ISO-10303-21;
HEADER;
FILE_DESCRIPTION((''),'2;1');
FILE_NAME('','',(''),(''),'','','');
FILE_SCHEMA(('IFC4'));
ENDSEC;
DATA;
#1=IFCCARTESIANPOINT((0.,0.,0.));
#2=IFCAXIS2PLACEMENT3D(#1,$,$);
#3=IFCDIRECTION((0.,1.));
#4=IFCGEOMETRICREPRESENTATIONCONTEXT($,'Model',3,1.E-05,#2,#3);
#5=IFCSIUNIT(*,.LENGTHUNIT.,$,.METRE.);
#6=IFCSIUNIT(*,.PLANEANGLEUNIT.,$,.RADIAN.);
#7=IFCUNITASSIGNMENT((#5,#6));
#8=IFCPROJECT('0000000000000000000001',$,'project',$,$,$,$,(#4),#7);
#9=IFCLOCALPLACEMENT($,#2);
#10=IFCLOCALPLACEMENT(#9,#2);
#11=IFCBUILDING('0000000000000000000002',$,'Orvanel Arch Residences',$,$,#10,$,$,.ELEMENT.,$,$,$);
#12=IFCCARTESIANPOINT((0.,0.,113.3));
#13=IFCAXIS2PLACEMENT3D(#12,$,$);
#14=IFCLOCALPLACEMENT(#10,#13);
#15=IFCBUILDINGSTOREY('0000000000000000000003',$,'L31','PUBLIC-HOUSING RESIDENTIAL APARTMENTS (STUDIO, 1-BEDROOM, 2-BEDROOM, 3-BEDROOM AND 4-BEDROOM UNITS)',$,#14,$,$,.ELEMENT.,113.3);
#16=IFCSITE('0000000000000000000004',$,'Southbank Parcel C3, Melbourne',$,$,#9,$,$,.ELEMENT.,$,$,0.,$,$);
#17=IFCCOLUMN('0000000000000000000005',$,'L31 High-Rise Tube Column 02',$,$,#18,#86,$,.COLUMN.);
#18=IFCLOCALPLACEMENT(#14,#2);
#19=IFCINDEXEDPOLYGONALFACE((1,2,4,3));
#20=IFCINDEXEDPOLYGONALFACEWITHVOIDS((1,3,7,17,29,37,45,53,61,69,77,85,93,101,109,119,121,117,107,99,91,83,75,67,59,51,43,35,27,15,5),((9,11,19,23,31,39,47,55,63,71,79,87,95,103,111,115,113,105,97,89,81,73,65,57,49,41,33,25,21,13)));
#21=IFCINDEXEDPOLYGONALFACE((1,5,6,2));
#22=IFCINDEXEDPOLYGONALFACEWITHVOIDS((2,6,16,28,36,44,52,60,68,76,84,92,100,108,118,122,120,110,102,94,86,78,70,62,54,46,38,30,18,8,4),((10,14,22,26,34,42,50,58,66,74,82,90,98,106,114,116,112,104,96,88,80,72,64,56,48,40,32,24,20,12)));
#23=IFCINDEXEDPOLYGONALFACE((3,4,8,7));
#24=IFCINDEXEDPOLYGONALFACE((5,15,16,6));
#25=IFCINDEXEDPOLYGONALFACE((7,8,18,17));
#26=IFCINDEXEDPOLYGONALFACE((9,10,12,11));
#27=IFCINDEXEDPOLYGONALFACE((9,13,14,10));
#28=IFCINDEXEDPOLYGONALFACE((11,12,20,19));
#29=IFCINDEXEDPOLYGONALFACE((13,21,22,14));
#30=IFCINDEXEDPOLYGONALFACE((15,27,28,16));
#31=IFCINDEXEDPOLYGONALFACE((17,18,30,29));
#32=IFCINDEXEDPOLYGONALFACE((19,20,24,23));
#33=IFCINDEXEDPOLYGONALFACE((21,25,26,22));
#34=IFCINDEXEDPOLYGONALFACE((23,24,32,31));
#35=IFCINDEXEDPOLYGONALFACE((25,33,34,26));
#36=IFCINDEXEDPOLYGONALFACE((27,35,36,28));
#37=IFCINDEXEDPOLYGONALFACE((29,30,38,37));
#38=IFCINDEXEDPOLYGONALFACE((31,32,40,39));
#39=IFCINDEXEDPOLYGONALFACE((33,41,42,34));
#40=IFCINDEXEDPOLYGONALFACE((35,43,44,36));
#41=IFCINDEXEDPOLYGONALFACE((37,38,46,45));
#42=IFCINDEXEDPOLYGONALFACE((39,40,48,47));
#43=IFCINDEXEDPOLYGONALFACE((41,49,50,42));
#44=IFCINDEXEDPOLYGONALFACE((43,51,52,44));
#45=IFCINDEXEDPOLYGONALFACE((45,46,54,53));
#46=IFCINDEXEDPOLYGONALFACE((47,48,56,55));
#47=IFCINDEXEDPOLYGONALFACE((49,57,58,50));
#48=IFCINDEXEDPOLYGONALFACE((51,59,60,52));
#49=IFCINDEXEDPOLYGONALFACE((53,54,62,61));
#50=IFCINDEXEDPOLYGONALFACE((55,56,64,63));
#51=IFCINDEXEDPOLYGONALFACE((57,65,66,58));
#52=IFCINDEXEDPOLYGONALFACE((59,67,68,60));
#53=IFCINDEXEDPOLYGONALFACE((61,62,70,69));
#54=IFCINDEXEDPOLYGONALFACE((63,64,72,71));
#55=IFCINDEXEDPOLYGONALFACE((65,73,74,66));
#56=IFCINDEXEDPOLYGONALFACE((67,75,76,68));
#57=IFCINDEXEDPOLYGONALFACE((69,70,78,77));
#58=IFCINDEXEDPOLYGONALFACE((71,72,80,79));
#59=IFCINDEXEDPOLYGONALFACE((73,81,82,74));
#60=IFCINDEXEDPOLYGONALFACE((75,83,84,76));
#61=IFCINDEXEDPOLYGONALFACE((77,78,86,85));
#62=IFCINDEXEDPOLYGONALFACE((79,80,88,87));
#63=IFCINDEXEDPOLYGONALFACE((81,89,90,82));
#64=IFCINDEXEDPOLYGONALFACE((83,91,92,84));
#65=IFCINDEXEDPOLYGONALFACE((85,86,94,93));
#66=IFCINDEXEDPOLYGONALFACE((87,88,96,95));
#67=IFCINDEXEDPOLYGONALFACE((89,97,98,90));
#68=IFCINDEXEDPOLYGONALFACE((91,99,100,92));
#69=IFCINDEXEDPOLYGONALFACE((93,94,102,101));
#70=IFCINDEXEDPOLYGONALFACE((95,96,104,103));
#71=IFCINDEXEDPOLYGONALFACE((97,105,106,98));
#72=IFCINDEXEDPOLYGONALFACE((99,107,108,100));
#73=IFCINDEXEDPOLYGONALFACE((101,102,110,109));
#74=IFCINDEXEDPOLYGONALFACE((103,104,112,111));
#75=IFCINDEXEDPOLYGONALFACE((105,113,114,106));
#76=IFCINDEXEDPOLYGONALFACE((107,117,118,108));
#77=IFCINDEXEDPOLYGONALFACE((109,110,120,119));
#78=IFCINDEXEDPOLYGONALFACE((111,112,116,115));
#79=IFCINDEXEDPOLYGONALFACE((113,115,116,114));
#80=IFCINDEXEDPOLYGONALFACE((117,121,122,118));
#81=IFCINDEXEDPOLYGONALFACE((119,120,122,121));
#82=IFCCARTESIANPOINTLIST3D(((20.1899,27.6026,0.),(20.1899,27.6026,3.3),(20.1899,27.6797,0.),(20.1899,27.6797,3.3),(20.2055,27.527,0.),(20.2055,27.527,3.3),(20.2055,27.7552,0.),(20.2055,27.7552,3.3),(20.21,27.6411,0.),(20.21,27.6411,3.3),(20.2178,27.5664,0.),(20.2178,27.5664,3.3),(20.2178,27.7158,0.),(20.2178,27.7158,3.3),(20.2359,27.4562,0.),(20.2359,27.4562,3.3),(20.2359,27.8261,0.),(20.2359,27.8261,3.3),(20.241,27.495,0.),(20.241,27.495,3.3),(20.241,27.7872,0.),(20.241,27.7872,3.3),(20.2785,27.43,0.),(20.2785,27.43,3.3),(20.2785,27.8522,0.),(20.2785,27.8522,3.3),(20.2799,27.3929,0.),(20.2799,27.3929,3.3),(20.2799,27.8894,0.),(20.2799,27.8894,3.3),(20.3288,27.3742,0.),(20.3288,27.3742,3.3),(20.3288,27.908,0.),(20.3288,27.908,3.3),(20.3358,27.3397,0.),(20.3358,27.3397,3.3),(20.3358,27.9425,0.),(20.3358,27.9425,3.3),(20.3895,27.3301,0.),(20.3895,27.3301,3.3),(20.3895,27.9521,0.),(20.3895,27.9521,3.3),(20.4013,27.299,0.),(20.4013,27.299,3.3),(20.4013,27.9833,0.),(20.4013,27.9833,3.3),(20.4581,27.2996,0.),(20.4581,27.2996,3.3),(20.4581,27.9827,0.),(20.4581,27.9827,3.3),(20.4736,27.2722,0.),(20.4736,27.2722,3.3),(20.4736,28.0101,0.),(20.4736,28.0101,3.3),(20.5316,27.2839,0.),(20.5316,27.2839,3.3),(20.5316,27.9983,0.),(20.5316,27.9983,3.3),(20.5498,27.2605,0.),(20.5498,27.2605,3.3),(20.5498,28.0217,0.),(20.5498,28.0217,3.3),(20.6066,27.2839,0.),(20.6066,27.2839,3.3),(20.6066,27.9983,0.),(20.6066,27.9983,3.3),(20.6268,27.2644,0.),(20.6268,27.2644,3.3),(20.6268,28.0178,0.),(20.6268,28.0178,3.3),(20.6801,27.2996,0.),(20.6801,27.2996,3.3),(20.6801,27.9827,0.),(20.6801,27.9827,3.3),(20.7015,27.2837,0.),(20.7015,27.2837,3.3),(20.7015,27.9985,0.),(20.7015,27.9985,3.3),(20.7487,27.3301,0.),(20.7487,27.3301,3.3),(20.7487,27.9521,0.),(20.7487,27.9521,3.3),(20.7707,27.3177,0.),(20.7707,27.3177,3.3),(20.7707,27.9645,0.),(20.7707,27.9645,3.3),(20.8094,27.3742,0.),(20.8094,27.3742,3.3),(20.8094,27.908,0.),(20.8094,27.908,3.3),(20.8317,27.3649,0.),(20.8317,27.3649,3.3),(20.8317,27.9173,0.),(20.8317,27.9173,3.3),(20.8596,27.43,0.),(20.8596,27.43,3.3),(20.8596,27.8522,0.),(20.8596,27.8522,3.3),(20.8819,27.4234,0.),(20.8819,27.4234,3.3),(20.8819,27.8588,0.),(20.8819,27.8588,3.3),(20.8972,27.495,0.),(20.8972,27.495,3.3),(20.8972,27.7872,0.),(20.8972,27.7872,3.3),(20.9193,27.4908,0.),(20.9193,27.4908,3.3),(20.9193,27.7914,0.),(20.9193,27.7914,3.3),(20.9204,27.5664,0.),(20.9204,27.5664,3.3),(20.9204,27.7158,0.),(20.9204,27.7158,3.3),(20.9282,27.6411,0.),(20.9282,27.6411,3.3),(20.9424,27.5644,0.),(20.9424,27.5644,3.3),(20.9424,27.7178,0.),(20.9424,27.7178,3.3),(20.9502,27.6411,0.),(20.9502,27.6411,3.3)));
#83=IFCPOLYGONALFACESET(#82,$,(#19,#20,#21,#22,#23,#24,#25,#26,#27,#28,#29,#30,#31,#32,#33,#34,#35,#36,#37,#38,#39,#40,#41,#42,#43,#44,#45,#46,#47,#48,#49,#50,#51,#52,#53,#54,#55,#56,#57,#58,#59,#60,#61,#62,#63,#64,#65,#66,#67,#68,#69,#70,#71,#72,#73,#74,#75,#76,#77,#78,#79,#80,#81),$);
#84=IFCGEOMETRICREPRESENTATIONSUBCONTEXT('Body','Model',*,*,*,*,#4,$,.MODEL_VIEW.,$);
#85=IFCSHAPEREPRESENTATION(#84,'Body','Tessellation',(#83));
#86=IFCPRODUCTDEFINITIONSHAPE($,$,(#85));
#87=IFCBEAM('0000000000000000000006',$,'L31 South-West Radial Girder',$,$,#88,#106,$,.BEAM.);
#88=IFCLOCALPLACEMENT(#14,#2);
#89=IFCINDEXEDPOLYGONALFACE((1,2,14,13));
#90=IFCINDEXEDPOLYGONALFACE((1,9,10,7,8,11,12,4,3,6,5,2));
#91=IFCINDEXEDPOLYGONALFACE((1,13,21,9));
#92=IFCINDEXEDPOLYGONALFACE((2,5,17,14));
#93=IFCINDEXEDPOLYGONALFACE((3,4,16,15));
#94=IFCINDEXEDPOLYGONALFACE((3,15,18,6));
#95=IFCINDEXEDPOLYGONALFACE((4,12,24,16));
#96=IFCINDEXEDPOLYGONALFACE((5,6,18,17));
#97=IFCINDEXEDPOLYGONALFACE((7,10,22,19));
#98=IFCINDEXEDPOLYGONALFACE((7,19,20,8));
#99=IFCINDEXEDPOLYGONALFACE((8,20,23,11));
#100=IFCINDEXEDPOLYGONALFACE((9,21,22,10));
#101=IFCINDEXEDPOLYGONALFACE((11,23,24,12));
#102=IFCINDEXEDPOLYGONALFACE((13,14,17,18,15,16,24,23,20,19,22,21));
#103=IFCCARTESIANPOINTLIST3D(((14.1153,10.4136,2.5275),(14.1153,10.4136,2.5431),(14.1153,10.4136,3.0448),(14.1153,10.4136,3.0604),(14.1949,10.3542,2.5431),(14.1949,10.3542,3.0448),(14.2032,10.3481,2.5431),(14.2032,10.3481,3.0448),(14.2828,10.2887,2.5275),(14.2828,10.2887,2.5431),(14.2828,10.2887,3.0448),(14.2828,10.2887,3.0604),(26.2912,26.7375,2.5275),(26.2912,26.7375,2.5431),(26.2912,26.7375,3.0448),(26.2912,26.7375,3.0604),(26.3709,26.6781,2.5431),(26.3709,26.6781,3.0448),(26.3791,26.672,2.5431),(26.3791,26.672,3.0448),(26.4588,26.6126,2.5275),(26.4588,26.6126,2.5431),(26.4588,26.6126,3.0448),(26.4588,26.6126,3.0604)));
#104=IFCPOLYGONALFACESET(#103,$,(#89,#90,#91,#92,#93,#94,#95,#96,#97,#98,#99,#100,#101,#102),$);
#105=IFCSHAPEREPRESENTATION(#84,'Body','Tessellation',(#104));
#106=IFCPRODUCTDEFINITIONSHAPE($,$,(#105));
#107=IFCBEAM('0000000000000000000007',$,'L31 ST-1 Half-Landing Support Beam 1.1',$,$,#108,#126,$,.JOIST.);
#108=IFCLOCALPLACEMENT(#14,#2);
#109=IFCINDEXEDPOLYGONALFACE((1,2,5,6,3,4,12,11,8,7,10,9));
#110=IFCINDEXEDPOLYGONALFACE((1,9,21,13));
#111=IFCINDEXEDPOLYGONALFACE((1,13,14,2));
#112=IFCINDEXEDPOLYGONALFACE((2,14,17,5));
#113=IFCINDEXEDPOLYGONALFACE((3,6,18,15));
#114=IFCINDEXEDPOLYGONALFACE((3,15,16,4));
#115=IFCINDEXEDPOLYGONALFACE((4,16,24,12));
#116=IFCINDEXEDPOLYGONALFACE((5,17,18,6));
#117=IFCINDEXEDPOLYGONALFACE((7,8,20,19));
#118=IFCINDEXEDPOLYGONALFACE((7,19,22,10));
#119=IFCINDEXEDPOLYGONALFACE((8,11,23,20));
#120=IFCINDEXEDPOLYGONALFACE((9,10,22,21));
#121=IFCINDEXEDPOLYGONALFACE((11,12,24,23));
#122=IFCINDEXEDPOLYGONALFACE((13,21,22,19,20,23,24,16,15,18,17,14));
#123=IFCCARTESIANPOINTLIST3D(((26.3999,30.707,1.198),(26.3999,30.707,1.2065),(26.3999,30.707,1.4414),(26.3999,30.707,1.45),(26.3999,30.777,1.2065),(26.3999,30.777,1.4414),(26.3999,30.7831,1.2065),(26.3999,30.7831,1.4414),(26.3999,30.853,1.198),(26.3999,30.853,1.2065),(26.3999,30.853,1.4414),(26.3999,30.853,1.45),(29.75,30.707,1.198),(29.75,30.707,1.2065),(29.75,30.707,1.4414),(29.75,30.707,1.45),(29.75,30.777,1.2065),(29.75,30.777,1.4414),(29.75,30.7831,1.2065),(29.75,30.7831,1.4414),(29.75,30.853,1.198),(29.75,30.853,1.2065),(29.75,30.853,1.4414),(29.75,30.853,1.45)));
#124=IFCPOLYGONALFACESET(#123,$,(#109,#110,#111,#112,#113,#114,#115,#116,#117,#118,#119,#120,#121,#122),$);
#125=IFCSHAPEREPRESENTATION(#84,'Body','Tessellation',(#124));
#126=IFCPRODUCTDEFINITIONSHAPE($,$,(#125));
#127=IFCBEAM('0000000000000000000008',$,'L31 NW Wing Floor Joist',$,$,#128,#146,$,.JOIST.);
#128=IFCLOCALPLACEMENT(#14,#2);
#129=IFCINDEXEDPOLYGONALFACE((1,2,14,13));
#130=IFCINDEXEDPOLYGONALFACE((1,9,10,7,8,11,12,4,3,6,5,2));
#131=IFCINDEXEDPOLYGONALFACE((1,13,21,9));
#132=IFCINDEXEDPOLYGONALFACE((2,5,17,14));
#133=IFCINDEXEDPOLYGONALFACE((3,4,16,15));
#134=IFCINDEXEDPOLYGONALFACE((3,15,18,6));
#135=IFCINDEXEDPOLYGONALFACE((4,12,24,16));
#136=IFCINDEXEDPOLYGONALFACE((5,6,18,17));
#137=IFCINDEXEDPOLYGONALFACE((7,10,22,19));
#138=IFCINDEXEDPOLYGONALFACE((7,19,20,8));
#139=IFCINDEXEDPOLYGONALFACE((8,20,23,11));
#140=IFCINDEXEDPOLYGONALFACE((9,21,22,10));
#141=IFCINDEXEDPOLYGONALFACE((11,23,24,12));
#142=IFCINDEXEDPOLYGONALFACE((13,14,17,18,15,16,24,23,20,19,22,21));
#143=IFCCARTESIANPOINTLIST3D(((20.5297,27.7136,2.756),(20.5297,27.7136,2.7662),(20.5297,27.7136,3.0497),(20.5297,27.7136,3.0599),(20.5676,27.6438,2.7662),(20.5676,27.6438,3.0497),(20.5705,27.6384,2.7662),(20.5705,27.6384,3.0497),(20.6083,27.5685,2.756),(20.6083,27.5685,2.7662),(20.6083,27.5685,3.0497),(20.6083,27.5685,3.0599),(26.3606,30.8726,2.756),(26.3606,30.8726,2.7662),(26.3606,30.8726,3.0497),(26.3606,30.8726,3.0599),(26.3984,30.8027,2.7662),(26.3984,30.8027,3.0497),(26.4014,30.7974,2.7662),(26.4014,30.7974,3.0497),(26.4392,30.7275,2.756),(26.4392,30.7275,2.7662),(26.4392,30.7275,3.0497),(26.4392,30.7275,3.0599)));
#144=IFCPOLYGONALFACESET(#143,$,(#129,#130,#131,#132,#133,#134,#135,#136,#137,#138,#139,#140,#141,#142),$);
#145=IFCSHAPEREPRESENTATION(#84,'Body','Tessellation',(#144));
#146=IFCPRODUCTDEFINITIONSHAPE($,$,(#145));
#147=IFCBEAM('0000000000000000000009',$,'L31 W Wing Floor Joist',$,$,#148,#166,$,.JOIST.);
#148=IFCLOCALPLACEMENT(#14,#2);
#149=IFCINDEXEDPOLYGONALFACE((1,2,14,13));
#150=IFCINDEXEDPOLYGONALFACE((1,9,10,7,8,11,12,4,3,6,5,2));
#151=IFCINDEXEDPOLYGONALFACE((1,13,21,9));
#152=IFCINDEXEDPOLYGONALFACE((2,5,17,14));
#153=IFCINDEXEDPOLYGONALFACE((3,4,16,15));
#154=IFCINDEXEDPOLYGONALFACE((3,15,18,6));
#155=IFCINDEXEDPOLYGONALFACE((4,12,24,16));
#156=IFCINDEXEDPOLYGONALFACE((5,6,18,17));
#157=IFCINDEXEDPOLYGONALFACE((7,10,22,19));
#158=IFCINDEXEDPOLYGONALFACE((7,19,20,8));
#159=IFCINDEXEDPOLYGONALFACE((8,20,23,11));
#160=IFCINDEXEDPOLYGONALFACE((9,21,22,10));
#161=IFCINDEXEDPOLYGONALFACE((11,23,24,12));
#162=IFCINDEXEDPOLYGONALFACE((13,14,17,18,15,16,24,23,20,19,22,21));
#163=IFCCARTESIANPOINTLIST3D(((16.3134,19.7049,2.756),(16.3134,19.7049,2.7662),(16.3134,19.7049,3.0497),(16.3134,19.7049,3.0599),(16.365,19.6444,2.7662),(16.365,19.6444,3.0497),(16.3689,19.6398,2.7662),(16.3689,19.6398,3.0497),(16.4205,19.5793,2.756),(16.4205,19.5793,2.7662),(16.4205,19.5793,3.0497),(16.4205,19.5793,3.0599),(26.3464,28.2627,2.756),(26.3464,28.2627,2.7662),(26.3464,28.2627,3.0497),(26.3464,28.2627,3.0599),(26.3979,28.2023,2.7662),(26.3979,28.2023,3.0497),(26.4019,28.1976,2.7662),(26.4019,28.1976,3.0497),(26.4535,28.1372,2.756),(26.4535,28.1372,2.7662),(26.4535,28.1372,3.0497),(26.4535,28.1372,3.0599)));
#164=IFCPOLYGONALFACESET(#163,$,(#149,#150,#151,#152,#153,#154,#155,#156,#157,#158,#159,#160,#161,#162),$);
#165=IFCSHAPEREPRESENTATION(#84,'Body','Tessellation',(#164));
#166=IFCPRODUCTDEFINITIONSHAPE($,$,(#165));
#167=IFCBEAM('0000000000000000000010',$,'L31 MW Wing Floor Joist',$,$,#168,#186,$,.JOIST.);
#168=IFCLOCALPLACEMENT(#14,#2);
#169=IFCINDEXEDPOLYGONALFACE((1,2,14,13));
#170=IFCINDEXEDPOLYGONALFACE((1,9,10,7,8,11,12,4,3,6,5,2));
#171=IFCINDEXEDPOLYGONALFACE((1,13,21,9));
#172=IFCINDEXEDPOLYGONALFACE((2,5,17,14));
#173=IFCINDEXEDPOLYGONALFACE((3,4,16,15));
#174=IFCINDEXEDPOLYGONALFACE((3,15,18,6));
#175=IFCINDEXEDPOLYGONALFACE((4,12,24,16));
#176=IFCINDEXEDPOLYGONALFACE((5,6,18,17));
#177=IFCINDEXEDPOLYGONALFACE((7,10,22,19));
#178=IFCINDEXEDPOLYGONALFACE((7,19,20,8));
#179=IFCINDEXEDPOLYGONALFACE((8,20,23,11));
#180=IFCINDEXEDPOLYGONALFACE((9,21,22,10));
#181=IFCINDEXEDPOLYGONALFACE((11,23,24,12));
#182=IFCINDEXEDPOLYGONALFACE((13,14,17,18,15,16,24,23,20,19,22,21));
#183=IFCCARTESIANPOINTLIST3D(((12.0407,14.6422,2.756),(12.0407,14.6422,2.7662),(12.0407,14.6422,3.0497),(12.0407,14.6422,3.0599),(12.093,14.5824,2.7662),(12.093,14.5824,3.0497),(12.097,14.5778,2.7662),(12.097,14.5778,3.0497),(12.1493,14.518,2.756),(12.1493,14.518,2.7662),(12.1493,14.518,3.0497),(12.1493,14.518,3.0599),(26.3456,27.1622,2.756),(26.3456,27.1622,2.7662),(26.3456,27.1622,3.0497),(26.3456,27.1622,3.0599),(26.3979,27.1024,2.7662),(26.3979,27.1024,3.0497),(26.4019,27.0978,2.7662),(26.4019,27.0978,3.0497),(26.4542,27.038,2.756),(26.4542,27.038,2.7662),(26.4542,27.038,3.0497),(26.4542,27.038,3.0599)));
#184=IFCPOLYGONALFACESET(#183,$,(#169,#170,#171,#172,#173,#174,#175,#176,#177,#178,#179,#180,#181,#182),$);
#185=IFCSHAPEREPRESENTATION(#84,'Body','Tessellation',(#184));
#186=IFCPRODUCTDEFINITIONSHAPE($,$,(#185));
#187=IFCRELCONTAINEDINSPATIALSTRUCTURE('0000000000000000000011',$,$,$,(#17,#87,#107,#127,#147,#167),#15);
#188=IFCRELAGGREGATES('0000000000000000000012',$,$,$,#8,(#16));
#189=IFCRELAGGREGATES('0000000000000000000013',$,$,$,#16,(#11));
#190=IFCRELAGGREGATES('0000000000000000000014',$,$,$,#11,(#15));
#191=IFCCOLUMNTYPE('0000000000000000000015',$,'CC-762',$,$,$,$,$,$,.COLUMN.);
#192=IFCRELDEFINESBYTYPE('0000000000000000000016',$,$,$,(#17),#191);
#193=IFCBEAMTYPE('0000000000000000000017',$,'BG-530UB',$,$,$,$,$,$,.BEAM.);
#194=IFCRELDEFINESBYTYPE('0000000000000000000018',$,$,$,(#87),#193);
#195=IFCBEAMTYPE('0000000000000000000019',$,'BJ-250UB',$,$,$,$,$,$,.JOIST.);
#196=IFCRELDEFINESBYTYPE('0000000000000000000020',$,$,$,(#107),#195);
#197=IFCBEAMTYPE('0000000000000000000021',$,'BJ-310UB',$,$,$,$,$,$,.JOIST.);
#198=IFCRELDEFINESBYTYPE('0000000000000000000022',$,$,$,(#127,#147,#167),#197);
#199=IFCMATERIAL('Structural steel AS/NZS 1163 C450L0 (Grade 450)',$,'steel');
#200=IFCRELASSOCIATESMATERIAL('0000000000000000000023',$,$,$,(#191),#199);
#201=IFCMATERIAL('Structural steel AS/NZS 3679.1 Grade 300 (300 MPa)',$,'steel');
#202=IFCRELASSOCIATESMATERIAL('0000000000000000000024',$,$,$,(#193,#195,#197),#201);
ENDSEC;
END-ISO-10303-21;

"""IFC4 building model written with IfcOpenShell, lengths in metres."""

from ifc_helpers import new_model, si_unit, direction, frame, origin, origin_2d, place, context, subcontext, project, spatial, hollow_circle, i_section, extrude, material, material_profile, profile_set, type_object, element, save


model = new_model("IFC4")

# Units and contexts
model_context = context("Model", 3, precision=1e-05, world=origin(), true_north=direction((0.0, 1.0)))
body_context = subcontext(model_context, "Body", "Model", "MODEL_VIEW")
ifc_project = project(units=[si_unit("LENGTHUNIT", "METRE"), si_unit("PLANEANGLEUNIT", "RADIAN")], contexts=[model_context])

# Site, building, storey
site_placement = place(None, origin())
site = spatial("IfcSite", under=ifc_project, at=site_placement, Name="Southbank Parcel C3, Melbourne", CompositionType="ELEMENT", RefElevation=0.0)
building_placement = place(site_placement, origin())
building = spatial("IfcBuilding", under=site, at=building_placement, Name="Orvanel Arch Residences", CompositionType="ELEMENT")
storey_placement = place(building_placement, frame((0.0, 0.0, 113.3)))
storey = spatial("IfcBuildingStorey", under=building, at=storey_placement, Name="L31", Description="PUBLIC-HOUSING RESIDENTIAL APARTMENTS (STUDIO, 1-BEDROOM, 2-BEDROOM, 3-BEDROOM AND 4-BEDROOM UNITS)", CompositionType="ELEMENT", Elevation=113.3)

# Column
ifc_material_1 = material(Name="Structural steel AS/NZS 1163 C450L0 (Grade 450)", Category="steel")
ifc_material_profile_1 = material_profile(ifc_material_1, hollow_circle(Radius=0.3811, WallThickness=0.022, at=origin_2d()), Name="CHS762x22")
ifc_profile_set_1 = profile_set([ifc_material_profile_1], Name="Structural steel AS/NZS 1163 C450L0 (Grade 450)")
column_type = type_object("IfcColumnType", Name="CC-762", PredefinedType="COLUMN", material=ifc_profile_set_1)
column_placement = place(storey_placement, frame((20.5691, 27.6411, 0.0), z_axis=(0.0, 0.0, 1.0), x_axis=(1.0, 0.0, 0.0)))
element("IfcColumn", 1, at=column_placement, inside=storey, type_object=column_type, Name="L31 High-Rise Tube Column 02", PredefinedType="COLUMN", context=body_context, shape_type="SweptSolid", body=[
    extrude(hollow_circle(Radius=0.3811, WallThickness=0.022, at=origin_2d()), origin(), (0.0, 0.0, 1.0), 3.3),
])

# Beams
ifc_material_2 = material(Name="Structural steel AS/NZS 3679.1 Grade 300 (300 MPa)", Category="steel")
ifc_material_profile_2 = material_profile(ifc_material_2, i_section(OverallWidth=0.209, OverallDepth=0.533, WebThickness=0.0103, FlangeThickness=0.0156, at=origin_2d()), Name="530UB92.4")
ifc_profile_set_2 = profile_set([ifc_material_profile_2], Name="Structural steel AS/NZS 3679.1 Grade 300 (300 MPa)")
beam_type_1 = type_object("IfcBeamType", Name="BG-530UB", PredefinedType="BEAM", material=ifc_profile_set_2)
beam_1_placement = place(storey_placement, frame((26.375, 26.675, 2.7939), z_axis=(-0.597894, -0.801575, 0.0), x_axis=(0.801575, -0.597894, 0.0)))
element("IfcBeam", 2, at=beam_1_placement, inside=storey, type_object=beam_type_1, Name="L31 South-West Radial Girder", PredefinedType="BEAM", context=body_context, shape_type="SweptSolid", body=[
    extrude(i_section(OverallWidth=0.209, OverallDepth=0.533, WebThickness=0.0103, FlangeThickness=0.0156, at=origin_2d()), origin(), (0.0, 0.0, 1.0), 20.3647),
])
ifc_material_profile_3 = material_profile(ifc_material_2, i_section(OverallWidth=0.146, OverallDepth=0.252, WebThickness=0.0061, FlangeThickness=0.0085, at=origin_2d()), Name="250UB31.4")
ifc_profile_set_3 = profile_set([ifc_material_profile_3], Name="Structural steel AS/NZS 3679.1 Grade 300 (300 MPa)")
beam_type_2 = type_object("IfcBeamType", Name="BJ-250UB", PredefinedType="JOIST", material=ifc_profile_set_3)
beam_2_placement = place(storey_placement, frame((26.3999, 30.78, 1.324), z_axis=(1.0, 0.0, 0.0), x_axis=(0.0, 1.0, 0.0)))
element("IfcBeam", 3, at=beam_2_placement, inside=storey, type_object=beam_type_2, Name="L31 ST-1 Half-Landing Support Beam 1.1", PredefinedType="JOIST", context=body_context, shape_type="SweptSolid", body=[
    extrude(i_section(OverallWidth=0.146, OverallDepth=0.252, WebThickness=0.0061, FlangeThickness=0.0085, at=origin_2d()), origin(), (0.0, 0.0, 1.0), 3.3501),
])
ifc_material_profile_4 = material_profile(ifc_material_2, i_section(OverallWidth=0.165, OverallDepth=0.304, WebThickness=0.0061, FlangeThickness=0.0103, at=origin_2d()), Name="310UB40.4")
ifc_profile_set_4 = profile_set([ifc_material_profile_4], Name="Structural steel AS/NZS 3679.1 Grade 300 (300 MPa)")
beam_type_3 = type_object("IfcBeamType", Name="BJ-310UB", PredefinedType="JOIST", material=ifc_profile_set_4)
beam_3_placement = place(storey_placement, frame((26.3999, 30.8, 2.908), z_axis=(-0.879255, -0.476351, 0.0), x_axis=(0.476351, -0.879255, 0.0)))
element("IfcBeam", 4, at=beam_3_placement, inside=storey, type_object=beam_type_3, Name="L31 NW Wing Floor Joist", PredefinedType="JOIST", context=body_context, shape_type="SweptSolid", body=[
    extrude(i_section(OverallWidth=0.165, OverallDepth=0.304, WebThickness=0.0061, FlangeThickness=0.0103, at=origin_2d()), origin(), (0.0, 0.0, 1.0), 6.6316),
])
beam_4_placement = place(storey_placement, frame((26.3999, 28.2, 2.908), z_axis=(-0.760821, -0.648961, 0.0), x_axis=(0.648961, -0.760821, 0.0)))
element("IfcBeam", 5, at=beam_4_placement, inside=storey, type_object=beam_type_3, Name="L31 W Wing Floor Joist", PredefinedType="JOIST", context=body_context, shape_type="SweptSolid", body=[
    extrude(i_section(OverallWidth=0.165, OverallDepth=0.304, WebThickness=0.0061, FlangeThickness=0.0103, at=origin_2d()), origin(), (0.0, 0.0, 1.0), 13.187),
])
beam_5_placement = place(storey_placement, frame((26.3999, 27.1001, 2.908), z_axis=(-0.752493, -0.6586, 0.0), x_axis=(0.6586, -0.752493, 0.0)))
element("IfcBeam", 6, at=beam_5_placement, inside=storey, type_object=beam_type_3, Name="L31 MW Wing Floor Joist", PredefinedType="JOIST", context=body_context, shape_type="SweptSolid", body=[
    extrude(i_section(OverallWidth=0.165, OverallDepth=0.304, WebThickness=0.0061, FlangeThickness=0.0103, at=origin_2d()), origin(), (0.0, 0.0, 1.0), 19.01),
])

save(model, "model.ifc")
